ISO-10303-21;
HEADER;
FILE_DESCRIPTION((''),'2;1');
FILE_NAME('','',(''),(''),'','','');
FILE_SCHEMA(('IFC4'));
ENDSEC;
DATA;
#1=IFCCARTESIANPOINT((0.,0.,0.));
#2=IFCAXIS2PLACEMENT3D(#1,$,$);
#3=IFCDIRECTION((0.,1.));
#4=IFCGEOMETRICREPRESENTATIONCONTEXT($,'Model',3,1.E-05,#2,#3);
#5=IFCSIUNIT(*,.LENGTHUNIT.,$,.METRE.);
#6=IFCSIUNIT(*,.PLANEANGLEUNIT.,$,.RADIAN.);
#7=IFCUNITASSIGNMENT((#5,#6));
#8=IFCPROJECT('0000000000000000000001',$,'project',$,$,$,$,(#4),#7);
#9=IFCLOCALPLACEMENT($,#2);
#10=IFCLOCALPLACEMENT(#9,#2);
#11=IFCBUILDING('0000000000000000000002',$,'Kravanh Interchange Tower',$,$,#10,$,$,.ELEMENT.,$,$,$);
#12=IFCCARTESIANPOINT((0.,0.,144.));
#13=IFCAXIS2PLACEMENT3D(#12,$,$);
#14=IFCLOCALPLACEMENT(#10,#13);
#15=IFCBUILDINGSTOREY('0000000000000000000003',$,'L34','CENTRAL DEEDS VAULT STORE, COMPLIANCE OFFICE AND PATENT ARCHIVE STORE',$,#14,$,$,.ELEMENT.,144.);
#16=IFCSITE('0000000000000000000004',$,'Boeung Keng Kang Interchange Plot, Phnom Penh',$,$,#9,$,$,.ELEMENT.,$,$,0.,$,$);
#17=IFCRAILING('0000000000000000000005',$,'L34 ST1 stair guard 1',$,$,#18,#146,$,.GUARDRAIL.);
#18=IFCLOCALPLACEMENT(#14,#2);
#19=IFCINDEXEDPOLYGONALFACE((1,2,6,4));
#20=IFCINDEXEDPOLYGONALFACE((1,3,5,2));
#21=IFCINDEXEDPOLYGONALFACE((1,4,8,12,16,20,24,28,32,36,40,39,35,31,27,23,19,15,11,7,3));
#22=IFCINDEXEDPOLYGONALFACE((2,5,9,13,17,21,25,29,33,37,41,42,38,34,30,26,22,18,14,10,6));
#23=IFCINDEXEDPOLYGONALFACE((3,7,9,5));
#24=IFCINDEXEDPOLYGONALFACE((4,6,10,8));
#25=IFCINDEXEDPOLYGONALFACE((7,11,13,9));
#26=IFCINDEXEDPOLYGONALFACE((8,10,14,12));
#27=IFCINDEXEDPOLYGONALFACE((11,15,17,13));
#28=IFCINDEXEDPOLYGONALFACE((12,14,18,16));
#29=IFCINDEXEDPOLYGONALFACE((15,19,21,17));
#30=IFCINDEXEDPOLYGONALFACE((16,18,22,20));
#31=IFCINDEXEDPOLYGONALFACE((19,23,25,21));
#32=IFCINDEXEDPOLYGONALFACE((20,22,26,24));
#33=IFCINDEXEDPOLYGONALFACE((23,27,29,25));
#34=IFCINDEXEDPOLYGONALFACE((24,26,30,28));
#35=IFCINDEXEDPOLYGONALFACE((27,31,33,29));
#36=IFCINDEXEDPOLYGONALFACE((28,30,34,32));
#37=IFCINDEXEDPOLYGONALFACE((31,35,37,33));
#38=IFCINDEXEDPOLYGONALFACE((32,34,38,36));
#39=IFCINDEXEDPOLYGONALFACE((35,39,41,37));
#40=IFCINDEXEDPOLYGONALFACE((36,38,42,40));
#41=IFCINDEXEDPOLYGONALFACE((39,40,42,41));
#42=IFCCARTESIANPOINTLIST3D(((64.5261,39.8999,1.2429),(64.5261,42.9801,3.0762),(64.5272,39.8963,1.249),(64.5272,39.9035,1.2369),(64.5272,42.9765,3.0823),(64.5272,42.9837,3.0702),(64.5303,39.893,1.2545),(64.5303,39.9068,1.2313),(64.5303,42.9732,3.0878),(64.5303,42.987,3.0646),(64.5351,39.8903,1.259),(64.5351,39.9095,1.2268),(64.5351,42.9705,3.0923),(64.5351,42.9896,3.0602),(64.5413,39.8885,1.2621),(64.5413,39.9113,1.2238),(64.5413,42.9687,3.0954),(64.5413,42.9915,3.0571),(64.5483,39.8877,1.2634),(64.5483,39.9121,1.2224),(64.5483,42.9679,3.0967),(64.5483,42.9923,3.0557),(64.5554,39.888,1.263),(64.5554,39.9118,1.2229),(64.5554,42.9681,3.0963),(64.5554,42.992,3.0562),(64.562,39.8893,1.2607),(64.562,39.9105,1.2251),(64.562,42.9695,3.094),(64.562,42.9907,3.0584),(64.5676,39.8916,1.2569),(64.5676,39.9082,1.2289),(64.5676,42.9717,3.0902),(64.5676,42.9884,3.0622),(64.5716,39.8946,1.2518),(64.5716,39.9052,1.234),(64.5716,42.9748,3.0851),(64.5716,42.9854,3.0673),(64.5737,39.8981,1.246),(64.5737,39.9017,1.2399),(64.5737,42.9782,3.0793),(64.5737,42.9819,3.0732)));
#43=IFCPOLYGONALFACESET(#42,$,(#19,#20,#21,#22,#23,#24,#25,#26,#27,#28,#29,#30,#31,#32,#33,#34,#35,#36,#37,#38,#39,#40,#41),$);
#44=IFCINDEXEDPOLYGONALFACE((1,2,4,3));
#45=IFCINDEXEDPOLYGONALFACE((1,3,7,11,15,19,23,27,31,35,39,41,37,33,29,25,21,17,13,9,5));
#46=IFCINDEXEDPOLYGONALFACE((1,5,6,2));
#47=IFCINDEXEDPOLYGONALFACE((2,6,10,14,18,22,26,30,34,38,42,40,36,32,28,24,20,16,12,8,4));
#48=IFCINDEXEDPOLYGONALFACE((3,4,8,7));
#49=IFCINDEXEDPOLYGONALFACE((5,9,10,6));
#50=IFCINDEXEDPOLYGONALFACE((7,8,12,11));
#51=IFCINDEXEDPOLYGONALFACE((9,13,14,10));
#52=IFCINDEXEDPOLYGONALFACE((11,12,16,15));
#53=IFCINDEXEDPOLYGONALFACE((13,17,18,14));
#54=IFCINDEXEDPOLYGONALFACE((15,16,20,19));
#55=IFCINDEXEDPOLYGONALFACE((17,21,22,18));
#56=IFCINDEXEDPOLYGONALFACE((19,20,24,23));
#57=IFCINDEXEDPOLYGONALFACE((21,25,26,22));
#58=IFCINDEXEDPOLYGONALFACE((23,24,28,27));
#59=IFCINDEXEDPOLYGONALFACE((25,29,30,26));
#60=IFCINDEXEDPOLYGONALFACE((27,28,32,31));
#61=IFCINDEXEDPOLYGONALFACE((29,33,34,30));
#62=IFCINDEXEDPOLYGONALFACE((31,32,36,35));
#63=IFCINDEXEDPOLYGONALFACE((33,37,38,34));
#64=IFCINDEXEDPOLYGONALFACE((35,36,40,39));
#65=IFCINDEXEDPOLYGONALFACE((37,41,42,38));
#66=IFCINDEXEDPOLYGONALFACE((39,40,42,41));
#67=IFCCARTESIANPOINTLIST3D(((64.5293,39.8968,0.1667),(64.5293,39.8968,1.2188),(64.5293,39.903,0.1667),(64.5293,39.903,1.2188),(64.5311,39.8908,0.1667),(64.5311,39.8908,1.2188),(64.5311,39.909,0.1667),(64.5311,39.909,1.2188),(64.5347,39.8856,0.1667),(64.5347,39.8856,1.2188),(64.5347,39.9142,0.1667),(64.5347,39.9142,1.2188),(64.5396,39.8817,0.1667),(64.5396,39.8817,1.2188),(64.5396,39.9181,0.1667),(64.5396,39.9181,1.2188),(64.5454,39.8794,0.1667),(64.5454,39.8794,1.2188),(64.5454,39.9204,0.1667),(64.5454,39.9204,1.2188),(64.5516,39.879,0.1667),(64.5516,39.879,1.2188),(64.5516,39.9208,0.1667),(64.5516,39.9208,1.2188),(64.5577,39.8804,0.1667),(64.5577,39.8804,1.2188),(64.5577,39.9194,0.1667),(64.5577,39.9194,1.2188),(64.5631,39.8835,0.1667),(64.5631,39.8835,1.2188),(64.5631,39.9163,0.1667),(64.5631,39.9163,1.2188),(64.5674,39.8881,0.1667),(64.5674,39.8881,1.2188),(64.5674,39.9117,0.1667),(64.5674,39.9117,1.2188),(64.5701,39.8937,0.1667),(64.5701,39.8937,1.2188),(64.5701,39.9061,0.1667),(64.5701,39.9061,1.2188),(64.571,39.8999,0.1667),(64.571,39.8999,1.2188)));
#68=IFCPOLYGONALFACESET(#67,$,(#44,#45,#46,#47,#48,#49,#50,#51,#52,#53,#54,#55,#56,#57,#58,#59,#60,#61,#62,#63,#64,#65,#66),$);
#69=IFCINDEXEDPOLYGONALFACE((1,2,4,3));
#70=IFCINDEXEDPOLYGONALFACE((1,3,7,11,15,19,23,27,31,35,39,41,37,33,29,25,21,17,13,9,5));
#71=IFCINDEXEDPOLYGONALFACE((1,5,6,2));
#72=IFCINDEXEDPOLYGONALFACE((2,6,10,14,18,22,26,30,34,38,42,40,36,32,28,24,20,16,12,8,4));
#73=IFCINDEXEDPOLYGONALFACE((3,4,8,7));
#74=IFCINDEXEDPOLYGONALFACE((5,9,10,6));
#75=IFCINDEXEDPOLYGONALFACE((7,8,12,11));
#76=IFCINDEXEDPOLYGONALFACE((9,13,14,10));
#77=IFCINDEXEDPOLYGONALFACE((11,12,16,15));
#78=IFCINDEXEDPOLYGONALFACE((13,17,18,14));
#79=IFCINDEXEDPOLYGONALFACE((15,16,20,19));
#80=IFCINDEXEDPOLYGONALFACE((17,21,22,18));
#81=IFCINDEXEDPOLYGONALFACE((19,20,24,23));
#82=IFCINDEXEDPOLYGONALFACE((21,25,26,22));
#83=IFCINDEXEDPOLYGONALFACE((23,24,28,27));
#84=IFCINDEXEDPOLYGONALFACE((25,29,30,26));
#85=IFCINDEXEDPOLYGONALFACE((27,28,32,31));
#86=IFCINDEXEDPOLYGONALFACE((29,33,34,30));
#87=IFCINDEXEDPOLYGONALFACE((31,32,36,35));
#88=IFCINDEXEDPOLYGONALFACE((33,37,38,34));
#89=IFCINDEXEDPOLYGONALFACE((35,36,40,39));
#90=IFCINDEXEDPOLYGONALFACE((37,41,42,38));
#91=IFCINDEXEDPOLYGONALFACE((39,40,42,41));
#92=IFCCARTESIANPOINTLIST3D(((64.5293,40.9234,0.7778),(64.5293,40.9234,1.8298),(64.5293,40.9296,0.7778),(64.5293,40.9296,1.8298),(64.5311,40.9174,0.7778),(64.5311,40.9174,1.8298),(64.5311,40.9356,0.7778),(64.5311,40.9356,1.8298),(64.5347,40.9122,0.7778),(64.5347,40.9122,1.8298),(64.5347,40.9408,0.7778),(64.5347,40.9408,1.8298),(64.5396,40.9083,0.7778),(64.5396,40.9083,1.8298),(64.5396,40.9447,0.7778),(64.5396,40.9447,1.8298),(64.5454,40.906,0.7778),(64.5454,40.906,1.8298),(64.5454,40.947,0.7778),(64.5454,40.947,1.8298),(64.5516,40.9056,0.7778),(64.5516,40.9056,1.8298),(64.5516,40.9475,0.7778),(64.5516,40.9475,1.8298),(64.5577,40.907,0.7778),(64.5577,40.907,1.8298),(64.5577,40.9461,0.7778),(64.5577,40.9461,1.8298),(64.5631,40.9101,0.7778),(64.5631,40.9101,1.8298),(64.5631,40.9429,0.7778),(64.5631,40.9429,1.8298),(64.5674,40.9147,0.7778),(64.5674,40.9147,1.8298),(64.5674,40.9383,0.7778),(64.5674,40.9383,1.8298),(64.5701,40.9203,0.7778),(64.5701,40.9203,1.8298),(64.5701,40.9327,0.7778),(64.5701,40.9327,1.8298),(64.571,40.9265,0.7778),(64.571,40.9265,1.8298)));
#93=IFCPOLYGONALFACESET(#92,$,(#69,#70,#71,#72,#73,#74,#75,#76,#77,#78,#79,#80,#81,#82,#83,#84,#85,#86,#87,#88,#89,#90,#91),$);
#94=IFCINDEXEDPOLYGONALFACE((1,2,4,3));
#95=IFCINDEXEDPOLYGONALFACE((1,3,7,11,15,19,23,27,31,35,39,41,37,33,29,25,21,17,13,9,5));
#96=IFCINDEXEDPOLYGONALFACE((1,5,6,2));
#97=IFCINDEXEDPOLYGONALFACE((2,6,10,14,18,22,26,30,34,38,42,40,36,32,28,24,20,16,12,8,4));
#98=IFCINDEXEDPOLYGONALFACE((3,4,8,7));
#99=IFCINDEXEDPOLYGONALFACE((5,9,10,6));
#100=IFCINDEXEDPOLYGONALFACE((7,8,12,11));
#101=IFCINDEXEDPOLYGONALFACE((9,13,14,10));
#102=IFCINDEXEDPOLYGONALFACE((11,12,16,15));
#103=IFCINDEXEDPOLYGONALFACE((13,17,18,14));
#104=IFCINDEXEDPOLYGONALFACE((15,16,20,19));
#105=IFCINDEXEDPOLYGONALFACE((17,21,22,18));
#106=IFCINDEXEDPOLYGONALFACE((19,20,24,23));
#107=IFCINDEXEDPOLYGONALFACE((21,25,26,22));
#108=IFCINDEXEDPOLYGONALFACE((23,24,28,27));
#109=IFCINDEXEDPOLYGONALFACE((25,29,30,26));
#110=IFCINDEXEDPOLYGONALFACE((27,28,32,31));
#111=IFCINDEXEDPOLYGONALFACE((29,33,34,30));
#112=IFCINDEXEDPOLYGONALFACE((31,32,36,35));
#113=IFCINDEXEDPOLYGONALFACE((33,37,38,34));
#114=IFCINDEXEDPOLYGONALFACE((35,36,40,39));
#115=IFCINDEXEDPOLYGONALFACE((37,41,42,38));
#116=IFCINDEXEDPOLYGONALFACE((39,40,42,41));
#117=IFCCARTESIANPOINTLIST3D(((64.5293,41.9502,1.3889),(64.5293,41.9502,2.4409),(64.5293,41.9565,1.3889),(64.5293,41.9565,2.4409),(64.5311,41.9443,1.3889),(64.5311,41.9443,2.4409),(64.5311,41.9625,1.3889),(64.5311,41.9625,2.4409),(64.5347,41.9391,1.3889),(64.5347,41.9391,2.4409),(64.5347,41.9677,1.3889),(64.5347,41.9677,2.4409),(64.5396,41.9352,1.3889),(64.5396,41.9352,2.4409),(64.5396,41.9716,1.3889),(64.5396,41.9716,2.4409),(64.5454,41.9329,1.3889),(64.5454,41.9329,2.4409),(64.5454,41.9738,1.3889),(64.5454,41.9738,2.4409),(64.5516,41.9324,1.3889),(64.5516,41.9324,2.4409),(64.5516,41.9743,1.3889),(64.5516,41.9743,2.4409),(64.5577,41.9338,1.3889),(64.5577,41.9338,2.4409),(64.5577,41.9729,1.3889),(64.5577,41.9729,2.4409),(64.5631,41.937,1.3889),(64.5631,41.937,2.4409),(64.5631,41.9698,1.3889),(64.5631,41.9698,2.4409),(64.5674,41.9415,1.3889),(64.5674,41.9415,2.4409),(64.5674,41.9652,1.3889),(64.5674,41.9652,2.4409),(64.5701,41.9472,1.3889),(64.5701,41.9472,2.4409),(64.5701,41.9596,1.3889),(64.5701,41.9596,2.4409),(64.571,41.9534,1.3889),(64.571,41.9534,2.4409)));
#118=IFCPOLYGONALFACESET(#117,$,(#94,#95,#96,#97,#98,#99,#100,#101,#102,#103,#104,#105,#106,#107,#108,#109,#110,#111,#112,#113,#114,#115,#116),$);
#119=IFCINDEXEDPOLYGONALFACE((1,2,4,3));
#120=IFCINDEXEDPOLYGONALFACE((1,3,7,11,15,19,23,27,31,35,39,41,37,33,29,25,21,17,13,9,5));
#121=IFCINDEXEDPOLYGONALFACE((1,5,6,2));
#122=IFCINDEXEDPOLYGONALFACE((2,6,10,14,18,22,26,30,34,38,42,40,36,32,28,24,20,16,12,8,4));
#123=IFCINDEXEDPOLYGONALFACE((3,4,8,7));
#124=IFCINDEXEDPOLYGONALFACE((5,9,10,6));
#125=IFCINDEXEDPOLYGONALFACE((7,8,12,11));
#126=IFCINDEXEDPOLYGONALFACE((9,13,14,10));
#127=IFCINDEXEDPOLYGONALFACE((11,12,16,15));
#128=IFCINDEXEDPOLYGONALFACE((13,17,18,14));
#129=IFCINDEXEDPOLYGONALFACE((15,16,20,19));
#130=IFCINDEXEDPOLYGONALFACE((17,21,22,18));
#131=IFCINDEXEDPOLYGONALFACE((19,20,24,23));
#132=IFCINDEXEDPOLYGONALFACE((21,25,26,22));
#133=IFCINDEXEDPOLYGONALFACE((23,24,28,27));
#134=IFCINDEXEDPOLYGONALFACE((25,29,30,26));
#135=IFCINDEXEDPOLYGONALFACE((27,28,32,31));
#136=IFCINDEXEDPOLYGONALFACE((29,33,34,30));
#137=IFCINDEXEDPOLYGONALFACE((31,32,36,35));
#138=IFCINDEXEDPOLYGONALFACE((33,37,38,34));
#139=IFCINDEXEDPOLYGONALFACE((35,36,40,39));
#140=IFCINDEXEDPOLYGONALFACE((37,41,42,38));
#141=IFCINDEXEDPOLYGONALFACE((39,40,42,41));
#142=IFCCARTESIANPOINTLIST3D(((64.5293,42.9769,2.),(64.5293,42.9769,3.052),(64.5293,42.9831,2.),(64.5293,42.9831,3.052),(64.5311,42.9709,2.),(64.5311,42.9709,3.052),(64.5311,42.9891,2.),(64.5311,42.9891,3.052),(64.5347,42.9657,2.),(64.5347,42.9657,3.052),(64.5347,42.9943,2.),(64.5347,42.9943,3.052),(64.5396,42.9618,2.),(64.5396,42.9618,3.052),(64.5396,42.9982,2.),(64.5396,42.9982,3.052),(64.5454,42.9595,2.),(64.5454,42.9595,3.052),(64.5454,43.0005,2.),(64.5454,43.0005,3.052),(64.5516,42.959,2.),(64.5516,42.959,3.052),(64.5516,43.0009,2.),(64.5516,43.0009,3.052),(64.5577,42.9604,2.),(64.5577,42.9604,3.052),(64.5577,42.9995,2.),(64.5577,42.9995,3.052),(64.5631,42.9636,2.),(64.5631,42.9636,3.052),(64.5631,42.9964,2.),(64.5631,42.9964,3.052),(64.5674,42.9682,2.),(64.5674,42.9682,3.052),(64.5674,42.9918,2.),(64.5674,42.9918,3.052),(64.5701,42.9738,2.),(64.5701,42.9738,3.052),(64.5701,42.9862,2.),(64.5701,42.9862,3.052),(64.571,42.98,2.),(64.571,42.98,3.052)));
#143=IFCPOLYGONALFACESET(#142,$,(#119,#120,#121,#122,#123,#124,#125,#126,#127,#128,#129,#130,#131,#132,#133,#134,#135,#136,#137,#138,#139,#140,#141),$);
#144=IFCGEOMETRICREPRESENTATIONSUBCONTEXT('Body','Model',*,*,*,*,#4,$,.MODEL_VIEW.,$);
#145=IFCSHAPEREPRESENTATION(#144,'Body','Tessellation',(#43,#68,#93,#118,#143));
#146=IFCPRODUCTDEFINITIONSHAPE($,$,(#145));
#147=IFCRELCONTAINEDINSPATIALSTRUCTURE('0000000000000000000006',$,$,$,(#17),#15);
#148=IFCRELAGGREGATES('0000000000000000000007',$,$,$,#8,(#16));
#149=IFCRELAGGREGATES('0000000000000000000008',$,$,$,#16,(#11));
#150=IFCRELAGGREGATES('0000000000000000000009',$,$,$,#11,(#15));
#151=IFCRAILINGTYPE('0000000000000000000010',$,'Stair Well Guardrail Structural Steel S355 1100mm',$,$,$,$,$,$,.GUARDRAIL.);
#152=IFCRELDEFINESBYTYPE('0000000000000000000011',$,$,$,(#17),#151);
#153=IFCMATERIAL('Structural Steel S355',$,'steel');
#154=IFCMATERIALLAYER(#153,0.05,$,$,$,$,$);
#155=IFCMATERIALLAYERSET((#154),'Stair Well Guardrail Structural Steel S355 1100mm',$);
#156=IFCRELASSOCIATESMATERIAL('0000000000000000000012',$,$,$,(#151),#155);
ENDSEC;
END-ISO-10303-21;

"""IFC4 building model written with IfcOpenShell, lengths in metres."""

from ifc_helpers import new_model, si_unit, direction, frame, origin, origin_2d, place, context, subcontext, project, spatial, circle, extrude, material, layer, layer_set, type_object, element, save


model = new_model("IFC4")

# Units and contexts
model_context = context("Model", 3, precision=1e-05, world=origin(), true_north=direction((0.0, 1.0)))
body_context = subcontext(model_context, "Body", "Model", "MODEL_VIEW")
ifc_project = project(units=[si_unit("LENGTHUNIT", "METRE"), si_unit("PLANEANGLEUNIT", "RADIAN")], contexts=[model_context])

# Site, building, storey
site_placement = place(None, origin())
site = spatial("IfcSite", under=ifc_project, at=site_placement, Name="Boeung Keng Kang Interchange Plot, Phnom Penh", CompositionType="ELEMENT", RefElevation=0.0)
building_placement = place(site_placement, origin())
building = spatial("IfcBuilding", under=site, at=building_placement, Name="Kravanh Interchange Tower", CompositionType="ELEMENT")
storey_placement = place(building_placement, frame((0.0, 0.0, 144.0)))
storey = spatial("IfcBuildingStorey", under=building, at=storey_placement, Name="L34", Description="CENTRAL DEEDS VAULT STORE, COMPLIANCE OFFICE AND PATENT ARCHIVE STORE", CompositionType="ELEMENT", Elevation=144.0)

# Railing
ifc_material_1 = material(Name="Structural Steel S355", Category="steel")
ifc_layer_1 = layer(ifc_material_1, 0.05)
ifc_layer_set_1 = layer_set([ifc_layer_1], Name="Stair Well Guardrail Structural Steel S355 1100mm")
railing_type_1 = type_object("IfcRailingType", Name="Stair Well Guardrail Structural Steel S355 1100mm", PredefinedType="GUARDRAIL", material=ifc_layer_set_1)
railing_1_placement = place(storey_placement, frame((64.55, 39.8999, 0.1667)))
element("IfcRailing", 1, at=railing_1_placement, inside=storey, type_object=railing_type_1, Name="L34 ST1 stair guard 1", PredefinedType="GUARDRAIL", context=body_context, shape_type="SweptSolid", body=[
    extrude(circle(Radius=0.0239, at=origin_2d()), frame((0.0, 0.0, 1.0762), z_axis=(0.0, 0.859309, 0.511458), x_axis=(-1.0, 0.0, 0.0)), (0.0, 0.0, 1.0), 3.5845),
    extrude(circle(Radius=0.021, at=origin_2d()), origin(), (0.0, 0.0, 1.0), 1.052),
    extrude(circle(Radius=0.021, at=origin_2d()), frame((0.0, 1.0266, 0.6111)), (0.0, 0.0, 1.0), 1.052),
    extrude(circle(Radius=0.021, at=origin_2d()), frame((0.0, 2.0535, 1.2222)), (0.0, 0.0, 1.0), 1.052),
    extrude(circle(Radius=0.021, at=origin_2d()), frame((0.0, 3.0801, 1.8333)), (0.0, 0.0, 1.0), 1.052),
])

save(model, "model.ifc")
